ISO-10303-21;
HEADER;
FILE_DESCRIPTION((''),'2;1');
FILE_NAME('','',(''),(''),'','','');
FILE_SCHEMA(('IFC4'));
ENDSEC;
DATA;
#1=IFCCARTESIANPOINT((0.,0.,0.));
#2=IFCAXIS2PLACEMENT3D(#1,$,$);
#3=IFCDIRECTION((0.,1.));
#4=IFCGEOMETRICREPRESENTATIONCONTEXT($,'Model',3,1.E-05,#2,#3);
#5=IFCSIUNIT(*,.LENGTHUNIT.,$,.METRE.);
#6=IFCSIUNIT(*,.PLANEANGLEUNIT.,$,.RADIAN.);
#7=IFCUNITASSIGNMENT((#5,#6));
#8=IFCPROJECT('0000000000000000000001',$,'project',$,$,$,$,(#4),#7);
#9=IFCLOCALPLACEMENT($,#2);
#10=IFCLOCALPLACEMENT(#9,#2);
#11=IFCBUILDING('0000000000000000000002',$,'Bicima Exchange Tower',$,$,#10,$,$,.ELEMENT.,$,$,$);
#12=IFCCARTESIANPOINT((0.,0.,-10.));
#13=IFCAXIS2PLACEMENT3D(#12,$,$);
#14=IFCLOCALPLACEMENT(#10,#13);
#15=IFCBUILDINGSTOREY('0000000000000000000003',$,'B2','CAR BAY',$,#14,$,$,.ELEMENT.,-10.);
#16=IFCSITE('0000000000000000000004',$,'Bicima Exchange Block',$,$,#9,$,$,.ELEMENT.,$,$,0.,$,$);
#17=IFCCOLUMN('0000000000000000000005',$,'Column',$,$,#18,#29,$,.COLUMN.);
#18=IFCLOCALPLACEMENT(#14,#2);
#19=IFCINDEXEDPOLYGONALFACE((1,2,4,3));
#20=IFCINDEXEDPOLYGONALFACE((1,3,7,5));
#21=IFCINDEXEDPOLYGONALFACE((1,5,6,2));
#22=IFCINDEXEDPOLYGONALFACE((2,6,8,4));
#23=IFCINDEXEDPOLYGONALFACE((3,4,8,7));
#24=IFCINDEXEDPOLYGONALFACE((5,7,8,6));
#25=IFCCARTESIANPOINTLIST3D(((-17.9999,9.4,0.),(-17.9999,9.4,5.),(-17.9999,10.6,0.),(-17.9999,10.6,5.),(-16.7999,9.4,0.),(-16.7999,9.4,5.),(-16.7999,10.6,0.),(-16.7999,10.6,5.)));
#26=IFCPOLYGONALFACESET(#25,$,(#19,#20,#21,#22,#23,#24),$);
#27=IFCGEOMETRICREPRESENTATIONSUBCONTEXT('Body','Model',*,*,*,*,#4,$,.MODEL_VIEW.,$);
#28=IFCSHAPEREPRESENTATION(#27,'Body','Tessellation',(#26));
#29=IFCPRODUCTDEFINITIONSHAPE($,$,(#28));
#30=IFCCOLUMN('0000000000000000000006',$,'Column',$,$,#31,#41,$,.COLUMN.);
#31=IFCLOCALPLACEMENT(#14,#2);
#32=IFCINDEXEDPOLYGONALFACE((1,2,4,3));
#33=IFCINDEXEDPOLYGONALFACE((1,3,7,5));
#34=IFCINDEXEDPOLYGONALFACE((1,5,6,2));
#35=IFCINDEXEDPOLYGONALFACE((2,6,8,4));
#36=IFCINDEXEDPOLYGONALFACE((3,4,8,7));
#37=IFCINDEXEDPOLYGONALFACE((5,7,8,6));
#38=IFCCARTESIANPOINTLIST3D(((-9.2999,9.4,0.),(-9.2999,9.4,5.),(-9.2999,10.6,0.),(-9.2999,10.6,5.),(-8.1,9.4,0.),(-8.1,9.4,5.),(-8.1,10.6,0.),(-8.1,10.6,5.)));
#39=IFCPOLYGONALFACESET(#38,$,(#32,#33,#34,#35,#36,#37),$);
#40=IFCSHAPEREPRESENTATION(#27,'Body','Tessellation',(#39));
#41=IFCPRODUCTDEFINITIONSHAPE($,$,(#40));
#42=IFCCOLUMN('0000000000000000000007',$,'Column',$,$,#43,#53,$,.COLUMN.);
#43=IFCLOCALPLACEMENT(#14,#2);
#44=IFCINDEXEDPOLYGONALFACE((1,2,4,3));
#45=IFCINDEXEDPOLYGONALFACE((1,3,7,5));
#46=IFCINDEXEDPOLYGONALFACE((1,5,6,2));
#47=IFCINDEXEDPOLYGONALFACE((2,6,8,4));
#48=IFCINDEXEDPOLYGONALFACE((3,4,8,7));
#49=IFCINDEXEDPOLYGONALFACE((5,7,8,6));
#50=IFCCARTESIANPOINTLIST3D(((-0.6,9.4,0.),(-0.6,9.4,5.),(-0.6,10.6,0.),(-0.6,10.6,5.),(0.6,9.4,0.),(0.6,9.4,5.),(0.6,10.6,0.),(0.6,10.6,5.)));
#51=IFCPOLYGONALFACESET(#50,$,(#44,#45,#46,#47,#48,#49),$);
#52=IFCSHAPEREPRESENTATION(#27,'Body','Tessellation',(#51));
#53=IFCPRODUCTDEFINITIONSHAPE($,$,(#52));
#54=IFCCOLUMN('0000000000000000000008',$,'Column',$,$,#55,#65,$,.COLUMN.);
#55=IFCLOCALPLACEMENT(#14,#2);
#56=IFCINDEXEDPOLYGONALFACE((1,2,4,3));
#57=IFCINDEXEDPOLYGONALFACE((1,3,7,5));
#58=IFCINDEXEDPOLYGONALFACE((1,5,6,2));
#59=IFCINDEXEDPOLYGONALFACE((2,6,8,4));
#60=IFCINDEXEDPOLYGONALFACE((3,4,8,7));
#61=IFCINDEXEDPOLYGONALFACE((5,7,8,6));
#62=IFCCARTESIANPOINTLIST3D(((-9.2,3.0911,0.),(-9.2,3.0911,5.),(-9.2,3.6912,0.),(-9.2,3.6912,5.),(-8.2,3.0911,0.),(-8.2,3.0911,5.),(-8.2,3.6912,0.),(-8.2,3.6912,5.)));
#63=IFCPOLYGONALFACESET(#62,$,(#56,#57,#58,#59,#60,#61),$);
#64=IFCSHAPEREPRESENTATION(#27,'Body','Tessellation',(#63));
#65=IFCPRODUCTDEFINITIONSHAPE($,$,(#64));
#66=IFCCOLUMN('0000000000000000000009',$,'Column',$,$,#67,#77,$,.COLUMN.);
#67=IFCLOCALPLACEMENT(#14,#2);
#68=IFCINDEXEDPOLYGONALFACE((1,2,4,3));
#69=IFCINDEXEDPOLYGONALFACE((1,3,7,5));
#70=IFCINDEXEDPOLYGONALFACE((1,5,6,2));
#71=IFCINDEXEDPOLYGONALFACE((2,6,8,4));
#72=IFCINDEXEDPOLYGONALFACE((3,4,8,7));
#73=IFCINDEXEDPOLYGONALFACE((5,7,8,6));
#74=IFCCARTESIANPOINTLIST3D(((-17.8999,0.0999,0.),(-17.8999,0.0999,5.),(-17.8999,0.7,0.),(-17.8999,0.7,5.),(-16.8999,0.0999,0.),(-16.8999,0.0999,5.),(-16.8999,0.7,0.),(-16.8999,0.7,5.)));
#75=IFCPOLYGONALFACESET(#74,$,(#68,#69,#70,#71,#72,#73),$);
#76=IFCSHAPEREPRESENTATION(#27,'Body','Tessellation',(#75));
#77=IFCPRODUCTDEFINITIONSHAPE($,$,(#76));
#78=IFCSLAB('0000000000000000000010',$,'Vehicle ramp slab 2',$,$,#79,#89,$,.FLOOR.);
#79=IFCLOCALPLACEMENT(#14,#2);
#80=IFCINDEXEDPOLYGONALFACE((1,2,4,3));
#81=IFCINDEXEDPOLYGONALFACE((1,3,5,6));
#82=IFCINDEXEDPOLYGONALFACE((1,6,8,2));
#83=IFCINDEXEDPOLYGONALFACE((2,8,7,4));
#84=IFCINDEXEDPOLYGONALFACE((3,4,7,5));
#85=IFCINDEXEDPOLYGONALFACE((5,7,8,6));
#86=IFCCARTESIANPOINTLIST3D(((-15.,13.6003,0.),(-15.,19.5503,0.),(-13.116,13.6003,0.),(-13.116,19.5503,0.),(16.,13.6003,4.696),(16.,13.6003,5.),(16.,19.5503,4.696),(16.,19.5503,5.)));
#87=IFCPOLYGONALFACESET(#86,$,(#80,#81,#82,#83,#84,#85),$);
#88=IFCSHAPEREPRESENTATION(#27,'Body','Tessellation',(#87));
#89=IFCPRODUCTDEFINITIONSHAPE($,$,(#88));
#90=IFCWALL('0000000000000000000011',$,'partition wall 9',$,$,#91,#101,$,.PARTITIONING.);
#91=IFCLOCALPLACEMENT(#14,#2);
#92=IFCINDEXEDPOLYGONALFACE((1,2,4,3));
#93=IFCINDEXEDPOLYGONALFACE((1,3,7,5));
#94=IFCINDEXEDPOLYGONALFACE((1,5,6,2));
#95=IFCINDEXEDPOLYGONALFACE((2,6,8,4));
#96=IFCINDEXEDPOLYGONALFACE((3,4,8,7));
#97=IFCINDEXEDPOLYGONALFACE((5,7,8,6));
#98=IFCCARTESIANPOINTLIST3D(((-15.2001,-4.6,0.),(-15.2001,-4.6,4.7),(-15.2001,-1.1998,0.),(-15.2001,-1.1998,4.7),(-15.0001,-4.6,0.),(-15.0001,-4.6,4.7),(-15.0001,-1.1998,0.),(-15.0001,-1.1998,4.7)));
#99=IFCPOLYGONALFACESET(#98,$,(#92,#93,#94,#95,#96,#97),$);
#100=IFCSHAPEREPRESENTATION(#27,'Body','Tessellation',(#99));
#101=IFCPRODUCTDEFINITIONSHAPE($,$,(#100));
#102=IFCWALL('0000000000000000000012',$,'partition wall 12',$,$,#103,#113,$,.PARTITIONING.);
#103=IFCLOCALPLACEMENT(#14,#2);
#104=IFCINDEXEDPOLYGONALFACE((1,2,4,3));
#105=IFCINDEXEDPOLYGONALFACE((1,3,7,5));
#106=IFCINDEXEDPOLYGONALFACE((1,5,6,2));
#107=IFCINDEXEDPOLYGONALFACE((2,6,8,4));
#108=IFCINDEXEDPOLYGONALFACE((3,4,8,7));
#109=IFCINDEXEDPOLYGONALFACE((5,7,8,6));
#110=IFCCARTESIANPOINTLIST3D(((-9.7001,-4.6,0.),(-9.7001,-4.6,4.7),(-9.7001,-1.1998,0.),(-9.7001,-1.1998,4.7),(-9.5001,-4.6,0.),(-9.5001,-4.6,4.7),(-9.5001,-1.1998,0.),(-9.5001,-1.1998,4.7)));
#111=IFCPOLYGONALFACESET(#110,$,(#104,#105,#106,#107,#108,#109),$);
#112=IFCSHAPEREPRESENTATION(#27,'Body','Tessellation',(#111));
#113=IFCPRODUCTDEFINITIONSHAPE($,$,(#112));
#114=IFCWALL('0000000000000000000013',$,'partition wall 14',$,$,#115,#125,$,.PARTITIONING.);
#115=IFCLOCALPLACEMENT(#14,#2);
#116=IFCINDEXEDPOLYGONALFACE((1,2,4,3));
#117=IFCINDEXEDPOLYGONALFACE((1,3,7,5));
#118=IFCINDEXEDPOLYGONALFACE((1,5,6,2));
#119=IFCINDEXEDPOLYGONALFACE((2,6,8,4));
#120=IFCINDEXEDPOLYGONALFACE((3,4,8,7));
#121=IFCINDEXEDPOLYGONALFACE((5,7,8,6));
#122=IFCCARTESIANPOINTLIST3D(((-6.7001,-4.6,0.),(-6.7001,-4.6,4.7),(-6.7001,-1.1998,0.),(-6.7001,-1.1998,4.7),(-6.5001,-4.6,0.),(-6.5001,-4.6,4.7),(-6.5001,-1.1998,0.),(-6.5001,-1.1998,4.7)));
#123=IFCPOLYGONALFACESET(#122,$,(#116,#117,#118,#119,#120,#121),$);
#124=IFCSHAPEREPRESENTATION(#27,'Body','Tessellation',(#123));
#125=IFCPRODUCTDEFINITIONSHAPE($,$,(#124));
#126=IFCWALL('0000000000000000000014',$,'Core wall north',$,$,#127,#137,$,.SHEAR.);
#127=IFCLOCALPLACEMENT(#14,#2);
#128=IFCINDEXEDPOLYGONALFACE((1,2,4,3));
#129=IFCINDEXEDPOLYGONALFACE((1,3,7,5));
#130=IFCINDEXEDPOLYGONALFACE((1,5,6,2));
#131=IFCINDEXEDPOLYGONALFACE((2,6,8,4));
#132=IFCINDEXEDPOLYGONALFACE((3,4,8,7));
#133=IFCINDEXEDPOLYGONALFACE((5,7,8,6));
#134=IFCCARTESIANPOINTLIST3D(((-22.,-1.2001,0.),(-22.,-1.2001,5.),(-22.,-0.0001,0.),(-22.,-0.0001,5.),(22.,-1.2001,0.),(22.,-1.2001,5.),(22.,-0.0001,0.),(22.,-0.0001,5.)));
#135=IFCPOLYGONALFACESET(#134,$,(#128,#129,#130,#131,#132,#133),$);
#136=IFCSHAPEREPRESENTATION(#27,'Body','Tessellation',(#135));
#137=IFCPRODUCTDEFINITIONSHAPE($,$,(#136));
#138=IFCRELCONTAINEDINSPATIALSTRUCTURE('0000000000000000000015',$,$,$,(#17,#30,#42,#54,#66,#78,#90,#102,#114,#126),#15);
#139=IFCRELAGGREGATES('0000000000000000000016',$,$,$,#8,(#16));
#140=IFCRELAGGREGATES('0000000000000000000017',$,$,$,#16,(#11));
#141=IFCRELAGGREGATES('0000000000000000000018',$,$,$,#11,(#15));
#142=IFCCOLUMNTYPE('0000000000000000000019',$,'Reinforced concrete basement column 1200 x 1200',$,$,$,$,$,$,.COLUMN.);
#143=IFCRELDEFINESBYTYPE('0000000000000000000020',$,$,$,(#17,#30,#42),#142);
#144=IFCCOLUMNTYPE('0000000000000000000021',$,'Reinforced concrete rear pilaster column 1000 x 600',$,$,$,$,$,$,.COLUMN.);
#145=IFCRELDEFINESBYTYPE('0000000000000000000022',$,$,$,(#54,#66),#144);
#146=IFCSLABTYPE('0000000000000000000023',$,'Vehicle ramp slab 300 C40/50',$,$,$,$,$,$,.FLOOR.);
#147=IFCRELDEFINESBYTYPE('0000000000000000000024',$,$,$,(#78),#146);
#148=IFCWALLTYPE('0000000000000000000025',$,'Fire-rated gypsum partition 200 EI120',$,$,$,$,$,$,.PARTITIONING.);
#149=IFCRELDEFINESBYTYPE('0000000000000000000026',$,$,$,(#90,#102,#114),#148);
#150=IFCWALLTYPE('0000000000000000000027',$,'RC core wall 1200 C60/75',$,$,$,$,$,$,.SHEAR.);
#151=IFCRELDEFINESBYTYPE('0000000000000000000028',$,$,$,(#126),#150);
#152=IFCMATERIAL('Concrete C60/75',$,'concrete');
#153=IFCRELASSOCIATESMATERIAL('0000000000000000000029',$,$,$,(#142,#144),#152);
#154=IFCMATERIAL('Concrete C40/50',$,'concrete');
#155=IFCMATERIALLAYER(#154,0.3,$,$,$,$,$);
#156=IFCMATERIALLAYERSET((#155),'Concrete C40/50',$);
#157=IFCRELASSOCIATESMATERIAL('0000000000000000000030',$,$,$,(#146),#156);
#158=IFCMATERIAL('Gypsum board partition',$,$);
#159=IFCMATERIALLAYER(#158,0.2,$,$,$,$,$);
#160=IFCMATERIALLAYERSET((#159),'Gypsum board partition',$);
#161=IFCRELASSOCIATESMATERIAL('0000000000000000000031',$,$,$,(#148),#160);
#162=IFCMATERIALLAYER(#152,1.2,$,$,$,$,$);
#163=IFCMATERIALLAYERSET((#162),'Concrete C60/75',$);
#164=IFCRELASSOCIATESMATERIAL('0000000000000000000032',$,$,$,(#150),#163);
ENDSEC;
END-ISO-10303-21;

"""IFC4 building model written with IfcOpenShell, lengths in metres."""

from ifc_helpers import new_model, si_unit, direction, frame, frame_2d, origin, origin_2d, place, context, subcontext, project, spatial, polyline, rectangle, outline, extrude, material, layer, layer_set, material_profile, profile_set, type_object, element, save


model = new_model("IFC4")

# Units and contexts
model_context = context("Model", 3, precision=1e-05, world=origin(), true_north=direction((0.0, 1.0)))
body_context = subcontext(model_context, "Body", "Model", "MODEL_VIEW")
ifc_project = project(units=[si_unit("LENGTHUNIT", "METRE"), si_unit("PLANEANGLEUNIT", "RADIAN")], contexts=[model_context])

# Site, building, storey
site_placement = place(None, origin())
site = spatial("IfcSite", under=ifc_project, at=site_placement, Name="Bicima Exchange Block", CompositionType="ELEMENT", RefElevation=0.0)
building_placement = place(site_placement, origin())
building = spatial("IfcBuilding", under=site, at=building_placement, Name="Bicima Exchange Tower", CompositionType="ELEMENT")
storey_placement = place(building_placement, frame((0.0, 0.0, -10.0)))
storey = spatial("IfcBuildingStorey", under=building, at=storey_placement, Name="B2", Description="CAR BAY", CompositionType="ELEMENT", Elevation=-10.0)

# Columns
ifc_material_1 = material(Name="Concrete C60/75", Category="concrete")
ifc_material_profile_1 = material_profile(ifc_material_1, rectangle(XDim=1.2, YDim=1.2, at=origin_2d()))
ifc_profile_set_1 = profile_set([ifc_material_profile_1], Name="Concrete C60/75")
column_type_1 = type_object("IfcColumnType", Name="Reinforced concrete basement column 1200 x 1200", PredefinedType="COLUMN", material=ifc_profile_set_1)
for number, where, z_axis, x_axis, name in (
    (1, (-17.3999, 10.0, 0.0), (0.0, 0.0, 1.0), (1.0, 0.0, 0.0), "Column"),
    (2, (-8.7, 10.0, 0.0), (0.0, 0.0, 1.0), (1.0, 0.0, 0.0), "Column"),
    (3, (0.0, 10.0, 0.0), (0.0, 0.0, 1.0), (1.0, 0.0, 0.0), "Column"),
):
    element("IfcColumn", number, at=place(storey_placement, frame(where, z_axis=z_axis, x_axis=x_axis)), inside=storey, type_object=column_type_1, Name=name, PredefinedType="COLUMN", context=body_context, shape_type="SweptSolid", body=[
        extrude(rectangle(XDim=1.2, YDim=1.2, at=origin_2d()), origin(), (0.0, 0.0, 1.0), 5.0),
    ])
ifc_material_profile_2 = material_profile(ifc_material_1, rectangle(XDim=1.0, YDim=0.6001, at=origin_2d()))
ifc_profile_set_2 = profile_set([ifc_material_profile_2], Name="Concrete C60/75")
column_type_2 = type_object("IfcColumnType", Name="Reinforced concrete rear pilaster column 1000 x 600", PredefinedType="COLUMN", material=ifc_profile_set_2)
for number, where, z_axis, x_axis, name in (
    (4, (-8.7, 3.3911, 0.0), (0.0, 0.0, 1.0), (1.0, 0.0, 0.0), "Column"),
    (5, (-17.3999, 0.3999, 0.0), (0.0, 0.0, 1.0), (1.0, 0.0, 0.0), "Column"),
):
    element("IfcColumn", number, at=place(storey_placement, frame(where, z_axis=z_axis, x_axis=x_axis)), inside=storey, type_object=column_type_2, Name=name, PredefinedType="COLUMN", context=body_context, shape_type="SweptSolid", body=[
        extrude(rectangle(XDim=1.0, YDim=0.6001, at=origin_2d()), origin(), (0.0, 0.0, 1.0), 5.0),
    ])

# Slab
ifc_material_2 = material(Name="Concrete C40/50", Category="concrete")
ifc_layer_1 = layer(ifc_material_2, 0.3)
ifc_layer_set_1 = layer_set([ifc_layer_1], Name="Concrete C40/50")
slab_type = type_object("IfcSlabType", Name="Vehicle ramp slab 300 C40/50", PredefinedType="FLOOR", material=ifc_layer_set_1)
slab_placement = place(storey_placement, frame((-15.0, 16.5752, 0.0), z_axis=(0.0, 0.0, 1.0), x_axis=(1.0, 0.0, 0.0)))
element("IfcSlab", 6, at=slab_placement, inside=storey, type_object=slab_type, Name="Vehicle ramp slab 2", PredefinedType="FLOOR", context=body_context, shape_type="SweptSolid", body=[
    extrude(outline(polyline([(0.0, 0.0), (31.0, 5.0), (31.0, 4.696), (1.884, 0.0), (0.0, 0.0)])), frame((0.0, 2.9751, 0.0), z_axis=(0.0, -1.0, 0.0), x_axis=(1.0, 0.0, 0.0)), (0.0, 0.0, 1.0), 5.95),
])

# Walls
ifc_material_3 = material(Name="Gypsum board partition")
ifc_layer_2 = layer(ifc_material_3, 0.2)
ifc_layer_set_2 = layer_set([ifc_layer_2], Name="Gypsum board partition")
wall_type_1 = type_object("IfcWallType", Name="Fire-rated gypsum partition 200 EI120", PredefinedType="PARTITIONING", material=ifc_layer_set_2)
for number, where, z_axis, x_axis, name in (
    (7, (-15.1001, -4.6001, 0.0), (0.0, 0.0, 1.0), (0.0, 1.0, 0.0), "partition wall 9"),
    (8, (-9.6001, -4.6001, 0.0), (0.0, 0.0, 1.0), (0.0, 1.0, 0.0), "partition wall 12"),
    (9, (-6.6001, -4.6001, 0.0), (0.0, 0.0, 1.0), (0.0, 1.0, 0.0), "partition wall 14"),
):
    element("IfcWall", number, at=place(storey_placement, frame(where, z_axis=z_axis, x_axis=x_axis)), inside=storey, type_object=wall_type_1, Name=name, PredefinedType="PARTITIONING", context=body_context, shape_type="SweptSolid", body=[
        extrude(rectangle(XDim=3.4001, YDim=0.2, at=frame_2d((1.7002, 0.0))), origin(), (0.0, 0.0, 1.0), 4.7),
    ])
ifc_layer_3 = layer(ifc_material_1, 1.2)
ifc_layer_set_3 = layer_set([ifc_layer_3], Name="Concrete C60/75")
wall_type_2 = type_object("IfcWallType", Name="RC core wall 1200 C60/75", PredefinedType="SHEAR", material=ifc_layer_set_3)
wall_1_placement = place(storey_placement, frame((-22.0, -0.6001, 0.0), z_axis=(0.0, 0.0, 1.0), x_axis=(1.0, 0.0, 0.0)))
element("IfcWall", 10, at=wall_1_placement, inside=storey, type_object=wall_type_2, Name="Core wall north", PredefinedType="SHEAR", context=body_context, shape_type="SweptSolid", body=[
    extrude(rectangle(XDim=44.0, YDim=1.2, at=frame_2d((22.0, 0.0))), origin(), (0.0, 0.0, 1.0), 5.0),
])

save(model, "model.ifc")
